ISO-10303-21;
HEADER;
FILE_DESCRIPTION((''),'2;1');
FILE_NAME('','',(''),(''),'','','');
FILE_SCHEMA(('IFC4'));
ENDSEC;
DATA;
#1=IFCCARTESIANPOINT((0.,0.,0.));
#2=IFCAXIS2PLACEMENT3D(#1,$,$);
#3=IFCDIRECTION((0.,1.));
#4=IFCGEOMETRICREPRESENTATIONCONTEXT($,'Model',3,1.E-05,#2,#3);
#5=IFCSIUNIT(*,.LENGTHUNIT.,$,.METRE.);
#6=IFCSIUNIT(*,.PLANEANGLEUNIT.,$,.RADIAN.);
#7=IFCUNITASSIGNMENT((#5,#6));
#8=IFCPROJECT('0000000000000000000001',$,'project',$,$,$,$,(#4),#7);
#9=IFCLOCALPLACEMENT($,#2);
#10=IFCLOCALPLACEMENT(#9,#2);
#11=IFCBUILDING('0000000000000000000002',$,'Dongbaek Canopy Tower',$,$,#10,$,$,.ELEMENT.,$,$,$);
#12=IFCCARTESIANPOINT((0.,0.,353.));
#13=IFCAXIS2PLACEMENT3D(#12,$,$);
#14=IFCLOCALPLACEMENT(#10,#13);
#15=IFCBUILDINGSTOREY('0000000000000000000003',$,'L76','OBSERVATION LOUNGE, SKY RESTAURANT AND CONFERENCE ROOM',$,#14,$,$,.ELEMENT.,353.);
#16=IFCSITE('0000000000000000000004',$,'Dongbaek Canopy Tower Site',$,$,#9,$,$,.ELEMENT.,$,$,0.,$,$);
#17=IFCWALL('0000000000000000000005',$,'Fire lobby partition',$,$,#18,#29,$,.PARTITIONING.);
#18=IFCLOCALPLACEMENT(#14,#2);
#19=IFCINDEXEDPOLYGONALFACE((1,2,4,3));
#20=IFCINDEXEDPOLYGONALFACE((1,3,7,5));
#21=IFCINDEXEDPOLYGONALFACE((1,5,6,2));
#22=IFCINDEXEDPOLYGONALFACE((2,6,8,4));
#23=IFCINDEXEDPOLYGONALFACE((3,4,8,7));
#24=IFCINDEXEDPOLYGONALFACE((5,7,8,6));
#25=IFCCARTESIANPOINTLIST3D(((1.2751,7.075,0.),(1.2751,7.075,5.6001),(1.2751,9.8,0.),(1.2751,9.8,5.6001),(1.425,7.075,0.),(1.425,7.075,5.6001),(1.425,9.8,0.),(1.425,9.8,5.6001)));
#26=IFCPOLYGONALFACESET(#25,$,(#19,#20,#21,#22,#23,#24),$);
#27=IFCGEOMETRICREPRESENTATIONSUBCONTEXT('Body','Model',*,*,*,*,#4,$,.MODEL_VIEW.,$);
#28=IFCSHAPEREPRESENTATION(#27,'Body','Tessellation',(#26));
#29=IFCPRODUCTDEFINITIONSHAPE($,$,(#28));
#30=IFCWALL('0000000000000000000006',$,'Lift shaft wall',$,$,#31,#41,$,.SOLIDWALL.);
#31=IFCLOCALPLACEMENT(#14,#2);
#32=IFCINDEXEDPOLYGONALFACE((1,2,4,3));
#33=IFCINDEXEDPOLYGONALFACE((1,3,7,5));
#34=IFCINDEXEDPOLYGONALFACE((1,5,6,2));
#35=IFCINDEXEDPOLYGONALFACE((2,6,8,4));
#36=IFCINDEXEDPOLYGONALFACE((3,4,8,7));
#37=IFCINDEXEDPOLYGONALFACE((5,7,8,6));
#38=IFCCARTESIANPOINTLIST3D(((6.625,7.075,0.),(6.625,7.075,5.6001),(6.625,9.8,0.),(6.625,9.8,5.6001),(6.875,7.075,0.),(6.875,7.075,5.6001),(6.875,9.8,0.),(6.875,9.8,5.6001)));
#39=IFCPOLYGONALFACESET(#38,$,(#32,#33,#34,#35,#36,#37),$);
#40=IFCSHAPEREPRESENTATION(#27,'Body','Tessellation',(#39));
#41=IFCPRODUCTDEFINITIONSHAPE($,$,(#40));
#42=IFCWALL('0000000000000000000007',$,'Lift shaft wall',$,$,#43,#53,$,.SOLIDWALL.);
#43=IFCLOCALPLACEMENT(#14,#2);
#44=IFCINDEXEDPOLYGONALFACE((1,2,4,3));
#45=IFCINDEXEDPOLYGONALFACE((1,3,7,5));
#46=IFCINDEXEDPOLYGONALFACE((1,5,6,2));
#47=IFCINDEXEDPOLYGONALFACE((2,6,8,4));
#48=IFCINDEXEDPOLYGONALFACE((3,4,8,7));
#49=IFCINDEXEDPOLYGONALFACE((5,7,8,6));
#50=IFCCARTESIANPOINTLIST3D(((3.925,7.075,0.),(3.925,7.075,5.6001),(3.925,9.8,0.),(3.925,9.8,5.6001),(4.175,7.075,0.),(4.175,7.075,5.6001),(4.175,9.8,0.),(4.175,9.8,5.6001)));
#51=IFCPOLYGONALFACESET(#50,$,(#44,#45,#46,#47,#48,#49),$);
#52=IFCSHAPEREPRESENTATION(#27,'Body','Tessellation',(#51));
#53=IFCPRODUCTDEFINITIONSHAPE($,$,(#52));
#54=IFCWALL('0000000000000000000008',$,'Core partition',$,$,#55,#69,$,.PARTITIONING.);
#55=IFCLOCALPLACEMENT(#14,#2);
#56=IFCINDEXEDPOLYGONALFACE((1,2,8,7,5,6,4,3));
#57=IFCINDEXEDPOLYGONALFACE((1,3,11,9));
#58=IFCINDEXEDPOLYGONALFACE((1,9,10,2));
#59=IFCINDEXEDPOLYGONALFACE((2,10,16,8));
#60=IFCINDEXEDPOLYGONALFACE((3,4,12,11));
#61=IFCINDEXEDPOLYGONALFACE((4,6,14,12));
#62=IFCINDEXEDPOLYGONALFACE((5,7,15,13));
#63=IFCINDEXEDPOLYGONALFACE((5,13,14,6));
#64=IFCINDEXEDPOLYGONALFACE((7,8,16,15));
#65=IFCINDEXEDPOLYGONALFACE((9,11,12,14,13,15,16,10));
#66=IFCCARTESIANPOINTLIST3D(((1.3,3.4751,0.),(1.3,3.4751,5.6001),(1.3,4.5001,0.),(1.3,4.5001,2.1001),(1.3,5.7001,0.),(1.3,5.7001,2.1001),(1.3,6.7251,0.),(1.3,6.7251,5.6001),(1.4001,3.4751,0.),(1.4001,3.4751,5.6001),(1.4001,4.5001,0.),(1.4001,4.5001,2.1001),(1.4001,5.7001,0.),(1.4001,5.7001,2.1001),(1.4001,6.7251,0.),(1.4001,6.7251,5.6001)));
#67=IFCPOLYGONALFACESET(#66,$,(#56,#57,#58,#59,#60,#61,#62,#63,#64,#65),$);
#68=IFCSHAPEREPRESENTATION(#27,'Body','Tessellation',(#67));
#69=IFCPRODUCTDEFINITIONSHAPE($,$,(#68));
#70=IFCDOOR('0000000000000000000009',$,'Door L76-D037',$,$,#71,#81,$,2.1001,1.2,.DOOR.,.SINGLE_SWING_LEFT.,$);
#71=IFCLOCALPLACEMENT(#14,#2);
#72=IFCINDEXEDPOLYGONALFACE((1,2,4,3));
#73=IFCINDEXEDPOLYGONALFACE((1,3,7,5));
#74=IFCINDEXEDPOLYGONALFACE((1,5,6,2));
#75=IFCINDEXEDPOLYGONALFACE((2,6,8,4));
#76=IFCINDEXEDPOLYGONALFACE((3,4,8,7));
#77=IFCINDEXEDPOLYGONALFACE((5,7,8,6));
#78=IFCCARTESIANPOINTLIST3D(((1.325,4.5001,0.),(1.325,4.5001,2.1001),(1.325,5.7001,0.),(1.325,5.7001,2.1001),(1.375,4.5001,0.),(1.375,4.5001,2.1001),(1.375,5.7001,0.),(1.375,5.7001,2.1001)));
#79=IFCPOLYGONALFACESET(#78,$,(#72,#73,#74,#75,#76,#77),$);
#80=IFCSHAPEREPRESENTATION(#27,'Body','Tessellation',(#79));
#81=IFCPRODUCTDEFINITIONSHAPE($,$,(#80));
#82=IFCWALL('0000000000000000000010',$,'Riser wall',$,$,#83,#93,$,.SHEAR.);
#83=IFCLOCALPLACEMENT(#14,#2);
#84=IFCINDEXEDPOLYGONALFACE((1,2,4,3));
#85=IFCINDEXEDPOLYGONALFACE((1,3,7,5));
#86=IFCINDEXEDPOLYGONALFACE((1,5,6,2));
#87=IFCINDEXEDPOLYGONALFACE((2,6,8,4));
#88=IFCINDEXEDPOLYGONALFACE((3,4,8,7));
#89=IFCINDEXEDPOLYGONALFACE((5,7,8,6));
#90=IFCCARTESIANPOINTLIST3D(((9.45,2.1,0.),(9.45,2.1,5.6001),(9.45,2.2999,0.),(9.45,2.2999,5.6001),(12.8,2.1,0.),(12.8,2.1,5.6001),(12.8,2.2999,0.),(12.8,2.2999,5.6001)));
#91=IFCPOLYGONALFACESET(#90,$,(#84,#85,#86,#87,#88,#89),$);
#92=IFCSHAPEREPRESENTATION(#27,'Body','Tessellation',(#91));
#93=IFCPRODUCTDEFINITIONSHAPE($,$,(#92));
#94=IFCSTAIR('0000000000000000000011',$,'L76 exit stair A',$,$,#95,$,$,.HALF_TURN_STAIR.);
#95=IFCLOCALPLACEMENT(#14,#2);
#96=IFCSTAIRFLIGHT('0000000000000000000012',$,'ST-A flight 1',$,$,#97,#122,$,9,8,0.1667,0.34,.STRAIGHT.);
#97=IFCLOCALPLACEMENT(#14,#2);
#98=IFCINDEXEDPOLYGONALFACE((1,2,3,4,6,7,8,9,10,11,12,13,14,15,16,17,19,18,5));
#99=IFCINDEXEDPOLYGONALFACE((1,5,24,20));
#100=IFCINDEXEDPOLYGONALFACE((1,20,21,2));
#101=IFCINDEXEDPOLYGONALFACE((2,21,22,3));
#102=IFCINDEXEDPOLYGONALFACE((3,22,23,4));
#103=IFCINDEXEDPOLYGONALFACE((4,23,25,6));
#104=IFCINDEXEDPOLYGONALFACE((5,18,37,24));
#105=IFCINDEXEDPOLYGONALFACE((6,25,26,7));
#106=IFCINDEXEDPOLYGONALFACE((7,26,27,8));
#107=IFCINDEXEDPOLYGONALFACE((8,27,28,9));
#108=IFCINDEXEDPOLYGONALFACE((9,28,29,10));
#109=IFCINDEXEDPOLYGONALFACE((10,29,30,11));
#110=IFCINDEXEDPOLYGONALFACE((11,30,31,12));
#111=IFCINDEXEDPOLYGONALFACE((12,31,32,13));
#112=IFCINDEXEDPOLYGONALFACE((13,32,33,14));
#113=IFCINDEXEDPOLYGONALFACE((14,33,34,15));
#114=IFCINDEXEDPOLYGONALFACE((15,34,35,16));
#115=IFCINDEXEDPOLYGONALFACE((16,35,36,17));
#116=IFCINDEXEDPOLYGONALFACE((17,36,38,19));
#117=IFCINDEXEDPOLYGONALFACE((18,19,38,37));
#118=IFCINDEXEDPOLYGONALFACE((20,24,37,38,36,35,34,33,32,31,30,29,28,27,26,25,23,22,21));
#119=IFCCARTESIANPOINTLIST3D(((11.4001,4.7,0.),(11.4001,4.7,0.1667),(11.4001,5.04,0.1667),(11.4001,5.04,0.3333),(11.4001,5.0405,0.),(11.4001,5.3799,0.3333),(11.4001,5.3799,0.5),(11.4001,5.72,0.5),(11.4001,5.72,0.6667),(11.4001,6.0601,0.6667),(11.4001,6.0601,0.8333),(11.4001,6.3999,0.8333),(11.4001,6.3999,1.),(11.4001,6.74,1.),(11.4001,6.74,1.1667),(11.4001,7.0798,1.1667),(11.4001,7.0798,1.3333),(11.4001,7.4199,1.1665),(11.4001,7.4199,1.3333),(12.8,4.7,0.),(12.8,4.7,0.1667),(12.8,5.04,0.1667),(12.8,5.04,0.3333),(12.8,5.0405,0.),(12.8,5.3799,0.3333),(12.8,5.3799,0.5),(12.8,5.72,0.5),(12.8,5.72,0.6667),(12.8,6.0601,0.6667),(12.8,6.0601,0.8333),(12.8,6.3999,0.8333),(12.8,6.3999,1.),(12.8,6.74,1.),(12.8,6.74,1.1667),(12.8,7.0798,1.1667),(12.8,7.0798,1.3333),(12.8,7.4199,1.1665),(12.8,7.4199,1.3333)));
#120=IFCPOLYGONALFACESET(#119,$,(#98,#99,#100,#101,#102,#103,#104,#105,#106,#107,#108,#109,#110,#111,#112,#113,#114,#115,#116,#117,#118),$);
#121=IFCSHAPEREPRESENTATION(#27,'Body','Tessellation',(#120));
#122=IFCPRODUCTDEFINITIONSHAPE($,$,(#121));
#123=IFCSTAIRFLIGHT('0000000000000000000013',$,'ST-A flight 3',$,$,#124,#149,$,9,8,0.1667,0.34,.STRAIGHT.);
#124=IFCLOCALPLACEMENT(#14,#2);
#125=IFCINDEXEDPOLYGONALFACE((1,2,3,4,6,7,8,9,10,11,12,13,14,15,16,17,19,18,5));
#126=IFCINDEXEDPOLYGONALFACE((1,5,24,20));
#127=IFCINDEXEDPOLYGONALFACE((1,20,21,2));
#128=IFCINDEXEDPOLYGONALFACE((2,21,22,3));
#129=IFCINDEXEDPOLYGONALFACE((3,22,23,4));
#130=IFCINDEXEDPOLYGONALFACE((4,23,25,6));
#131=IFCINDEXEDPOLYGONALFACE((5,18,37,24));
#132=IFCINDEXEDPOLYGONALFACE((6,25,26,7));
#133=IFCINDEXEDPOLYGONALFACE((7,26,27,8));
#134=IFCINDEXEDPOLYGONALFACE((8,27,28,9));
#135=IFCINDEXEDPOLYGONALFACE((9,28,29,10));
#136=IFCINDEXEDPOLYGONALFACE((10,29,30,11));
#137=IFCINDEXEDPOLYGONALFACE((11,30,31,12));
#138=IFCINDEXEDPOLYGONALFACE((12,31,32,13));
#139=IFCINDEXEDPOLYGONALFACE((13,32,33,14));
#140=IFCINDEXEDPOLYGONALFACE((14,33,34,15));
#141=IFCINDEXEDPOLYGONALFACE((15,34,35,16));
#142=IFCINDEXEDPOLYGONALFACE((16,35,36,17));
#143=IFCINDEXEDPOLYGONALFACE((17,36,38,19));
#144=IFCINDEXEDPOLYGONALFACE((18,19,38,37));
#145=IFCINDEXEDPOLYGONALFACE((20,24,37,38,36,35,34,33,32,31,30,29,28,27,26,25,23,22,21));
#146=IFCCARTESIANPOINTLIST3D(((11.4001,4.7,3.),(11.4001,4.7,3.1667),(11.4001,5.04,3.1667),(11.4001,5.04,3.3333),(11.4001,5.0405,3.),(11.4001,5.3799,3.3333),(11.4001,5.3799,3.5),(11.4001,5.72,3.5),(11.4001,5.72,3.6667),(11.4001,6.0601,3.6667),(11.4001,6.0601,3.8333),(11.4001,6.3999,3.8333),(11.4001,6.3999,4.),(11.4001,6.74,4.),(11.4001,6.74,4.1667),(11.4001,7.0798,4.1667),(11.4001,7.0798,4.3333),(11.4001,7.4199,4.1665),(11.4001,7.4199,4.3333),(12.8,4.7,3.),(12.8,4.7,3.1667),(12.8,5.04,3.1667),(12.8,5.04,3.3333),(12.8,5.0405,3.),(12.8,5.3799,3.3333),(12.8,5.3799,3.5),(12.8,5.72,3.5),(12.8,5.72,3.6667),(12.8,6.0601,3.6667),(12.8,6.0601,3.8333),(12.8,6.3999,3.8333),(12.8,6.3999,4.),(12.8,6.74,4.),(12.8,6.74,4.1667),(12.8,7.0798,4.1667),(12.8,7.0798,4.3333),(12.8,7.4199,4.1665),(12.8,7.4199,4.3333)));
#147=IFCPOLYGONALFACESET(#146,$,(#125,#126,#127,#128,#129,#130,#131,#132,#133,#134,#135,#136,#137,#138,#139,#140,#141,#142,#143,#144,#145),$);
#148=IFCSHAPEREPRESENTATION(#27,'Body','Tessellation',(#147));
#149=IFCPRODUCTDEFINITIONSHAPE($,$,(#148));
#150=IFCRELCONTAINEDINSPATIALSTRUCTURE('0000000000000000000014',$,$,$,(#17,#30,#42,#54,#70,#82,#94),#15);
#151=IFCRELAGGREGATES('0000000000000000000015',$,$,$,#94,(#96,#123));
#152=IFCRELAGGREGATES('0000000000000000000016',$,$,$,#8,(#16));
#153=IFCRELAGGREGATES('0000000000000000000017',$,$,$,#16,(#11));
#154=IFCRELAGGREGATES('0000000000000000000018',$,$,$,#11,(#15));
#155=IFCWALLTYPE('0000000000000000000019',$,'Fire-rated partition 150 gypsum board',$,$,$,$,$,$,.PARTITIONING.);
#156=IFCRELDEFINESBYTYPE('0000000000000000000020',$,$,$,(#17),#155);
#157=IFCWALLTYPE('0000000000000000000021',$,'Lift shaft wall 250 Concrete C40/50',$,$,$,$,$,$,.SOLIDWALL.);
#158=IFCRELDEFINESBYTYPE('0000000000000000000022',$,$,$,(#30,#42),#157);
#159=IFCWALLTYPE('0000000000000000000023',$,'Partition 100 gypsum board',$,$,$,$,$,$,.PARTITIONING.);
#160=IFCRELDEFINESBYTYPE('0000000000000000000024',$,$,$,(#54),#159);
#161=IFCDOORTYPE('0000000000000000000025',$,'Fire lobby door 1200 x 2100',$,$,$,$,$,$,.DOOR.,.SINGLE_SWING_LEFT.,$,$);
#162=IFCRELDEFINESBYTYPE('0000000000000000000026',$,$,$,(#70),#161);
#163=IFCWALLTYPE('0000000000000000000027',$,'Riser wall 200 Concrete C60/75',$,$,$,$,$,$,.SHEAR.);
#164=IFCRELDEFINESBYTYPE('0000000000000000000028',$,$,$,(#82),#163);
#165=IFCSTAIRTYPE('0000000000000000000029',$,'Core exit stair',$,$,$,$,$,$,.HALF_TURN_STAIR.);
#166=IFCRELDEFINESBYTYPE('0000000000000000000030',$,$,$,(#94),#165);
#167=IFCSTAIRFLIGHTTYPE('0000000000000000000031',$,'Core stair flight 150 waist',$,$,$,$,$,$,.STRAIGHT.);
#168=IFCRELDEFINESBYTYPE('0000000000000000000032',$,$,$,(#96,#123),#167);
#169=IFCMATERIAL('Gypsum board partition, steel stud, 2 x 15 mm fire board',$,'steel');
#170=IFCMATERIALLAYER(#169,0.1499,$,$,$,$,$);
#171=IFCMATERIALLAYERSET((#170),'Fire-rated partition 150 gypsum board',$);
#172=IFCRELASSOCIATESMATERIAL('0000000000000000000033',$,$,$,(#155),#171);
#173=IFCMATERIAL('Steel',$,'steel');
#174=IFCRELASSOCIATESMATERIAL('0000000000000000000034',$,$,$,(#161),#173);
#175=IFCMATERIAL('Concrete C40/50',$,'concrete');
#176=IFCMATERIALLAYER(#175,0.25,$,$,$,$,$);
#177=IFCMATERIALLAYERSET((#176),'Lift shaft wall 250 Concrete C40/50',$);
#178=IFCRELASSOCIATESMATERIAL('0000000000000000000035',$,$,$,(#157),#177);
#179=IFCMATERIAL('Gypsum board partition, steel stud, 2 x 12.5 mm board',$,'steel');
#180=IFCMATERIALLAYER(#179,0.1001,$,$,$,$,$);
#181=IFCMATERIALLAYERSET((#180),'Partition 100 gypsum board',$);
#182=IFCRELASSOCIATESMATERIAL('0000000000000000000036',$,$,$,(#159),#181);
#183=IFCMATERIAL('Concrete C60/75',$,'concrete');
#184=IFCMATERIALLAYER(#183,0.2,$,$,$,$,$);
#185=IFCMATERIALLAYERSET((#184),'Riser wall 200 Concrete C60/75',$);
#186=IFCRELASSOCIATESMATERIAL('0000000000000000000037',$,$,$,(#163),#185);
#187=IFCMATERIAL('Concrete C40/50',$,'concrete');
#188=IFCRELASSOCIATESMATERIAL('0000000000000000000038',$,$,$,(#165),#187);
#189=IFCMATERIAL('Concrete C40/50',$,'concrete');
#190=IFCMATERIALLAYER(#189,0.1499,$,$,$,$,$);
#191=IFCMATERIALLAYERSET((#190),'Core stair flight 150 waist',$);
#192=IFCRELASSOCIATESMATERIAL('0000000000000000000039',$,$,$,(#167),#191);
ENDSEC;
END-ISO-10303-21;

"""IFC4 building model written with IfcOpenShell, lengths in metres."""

from ifc_helpers import new_model, si_unit, direction, frame, frame_2d, origin, place, context, subcontext, project, spatial, polyline, rectangle, outline, extrude, material, layer, layer_set, type_object, element, fill, aggregate, save


model = new_model("IFC4")

# Units and contexts
model_context = context("Model", 3, precision=1e-05, world=origin(), true_north=direction((0.0, 1.0)))
body_context = subcontext(model_context, "Body", "Model", "MODEL_VIEW")
ifc_project = project(units=[si_unit("LENGTHUNIT", "METRE"), si_unit("PLANEANGLEUNIT", "RADIAN")], contexts=[model_context])

# Site, building, storey
site_placement = place(None, origin())
site = spatial("IfcSite", under=ifc_project, at=site_placement, Name="Dongbaek Canopy Tower Site", CompositionType="ELEMENT", RefElevation=0.0)
building_placement = place(site_placement, origin())
building = spatial("IfcBuilding", under=site, at=building_placement, Name="Dongbaek Canopy Tower", CompositionType="ELEMENT")
storey_placement = place(building_placement, frame((0.0, 0.0, 353.0)))
storey = spatial("IfcBuildingStorey", under=building, at=storey_placement, Name="L76", Description="OBSERVATION LOUNGE, SKY RESTAURANT AND CONFERENCE ROOM", CompositionType="ELEMENT", Elevation=353.0)

# Shared definitions
ifc_material_1 = material(Name="Gypsum board partition, steel stud, 2 x 15 mm fire board", Category="steel")
ifc_layer_1 = layer(ifc_material_1, 0.1499)
ifc_layer_set_1 = layer_set([ifc_layer_1], Name="Fire-rated partition 150 gypsum board")
wall_type_1 = type_object("IfcWallType", Name="Fire-rated partition 150 gypsum board", PredefinedType="PARTITIONING", material=ifc_layer_set_1)
ifc_material_2 = material(Name="Steel", Category="steel")
door_type_1 = type_object("IfcDoorType", Name="Fire lobby door 1200 x 2100", OperationType="SINGLE_SWING_LEFT", PredefinedType="DOOR", material=ifc_material_2)

# Walls
wall_1_placement = place(storey_placement, frame((1.3501, 7.075, 0.0), z_axis=(0.0, 0.0, 1.0), x_axis=(0.0, 1.0, 0.0)))
element("IfcWall", 1, at=wall_1_placement, inside=storey, type_object=wall_type_1, Name="Fire lobby partition", PredefinedType="PARTITIONING", context=body_context, shape_type="SweptSolid", body=[
    extrude(rectangle(XDim=2.7251, YDim=0.1499, at=frame_2d((1.3625, 0.0))), origin(), (0.0, 0.0, 1.0), 5.6001),
])
ifc_material_3 = material(Name="Concrete C40/50", Category="concrete")
ifc_layer_2 = layer(ifc_material_3, 0.25)
ifc_layer_set_2 = layer_set([ifc_layer_2], Name="Lift shaft wall 250 Concrete C40/50")
wall_type_2 = type_object("IfcWallType", Name="Lift shaft wall 250 Concrete C40/50", PredefinedType="SOLIDWALL", material=ifc_layer_set_2)
for number, where, z_axis, x_axis, name in (
    (2, (6.75, 7.075, 0.0), (0.0, 0.0, 1.0), (0.0, 1.0, 0.0), "Lift shaft wall"),
    (3, (4.05, 7.075, 0.0), (0.0, 0.0, 1.0), (0.0, 1.0, 0.0), "Lift shaft wall"),
):
    element("IfcWall", number, at=place(storey_placement, frame(where, z_axis=z_axis, x_axis=x_axis)), inside=storey, type_object=wall_type_2, Name=name, PredefinedType="SOLIDWALL", context=body_context, shape_type="SweptSolid", body=[
        extrude(rectangle(XDim=2.7251, YDim=0.25, at=frame_2d((1.3625, 0.0))), origin(), (0.0, 0.0, 1.0), 5.6001),
    ])

# Wall, opening, door
ifc_material_4 = material(Name="Gypsum board partition, steel stud, 2 x 12.5 mm board", Category="steel")
ifc_layer_3 = layer(ifc_material_4, 0.1001)
ifc_layer_set_3 = layer_set([ifc_layer_3], Name="Partition 100 gypsum board")
wall_type_3 = type_object("IfcWallType", Name="Partition 100 gypsum board", PredefinedType="PARTITIONING", material=ifc_layer_set_3)
wall_2_placement = place(storey_placement, frame((1.3501, 6.7251, 0.0), z_axis=(0.0, 0.0, 1.0), x_axis=(0.0, -1.0, 0.0)))
wall_2 = element("IfcWall", 4, at=wall_2_placement, inside=storey, type_object=wall_type_3, Name="Core partition", PredefinedType="PARTITIONING", context=body_context, shape_type="SweptSolid", body=[
    extrude(rectangle(XDim=3.25, YDim=0.1001, at=frame_2d((1.625, 0.0))), origin(), (0.0, 0.0, 1.0), 5.6001),
])
opening_1_placement = place(wall_2_placement, frame((1.0249, 0.0, 0.0)))
opening_1 = element("IfcOpeningElement", 5, at=opening_1_placement, cuts=wall_2, PredefinedType="OPENING", context=body_context, shape_type="SweptSolid", body=[
    extrude(rectangle(XDim=1.2, YDim=2.1001, at=frame_2d((0.6001, 1.05))), frame((0.0, 0.0601, 0.0), z_axis=(0.0, -1.0, 0.0), x_axis=(1.0, 0.0, 0.0)), (0.0, 0.0, 1.0), 0.1201),
])
door_1_placement = place(opening_1_placement, origin())
door_1 = element("IfcDoor", 6, at=door_1_placement, inside=storey, type_object=door_type_1, Name="Door L76-D037", OperationType="SINGLE_SWING_LEFT", OverallHeight=2.1001, OverallWidth=1.2, PredefinedType="DOOR", context=body_context, shape_type="SweptSolid", body=[
    extrude(rectangle(XDim=1.2, YDim=2.1001, at=frame_2d((0.6001, 1.05))), frame((0.0, 0.0249, 0.0), z_axis=(0.0, -1.0, 0.0), x_axis=(1.0, 0.0, 0.0)), (0.0, 0.0, 1.0), 0.05),
])
fill(opening_1, door_1)

# Wall
ifc_material_5 = material(Name="Concrete C60/75", Category="concrete")
ifc_layer_4 = layer(ifc_material_5, 0.2)
ifc_layer_set_4 = layer_set([ifc_layer_4], Name="Riser wall 200 Concrete C60/75")
wall_type_4 = type_object("IfcWallType", Name="Riser wall 200 Concrete C60/75", PredefinedType="SHEAR", material=ifc_layer_set_4)
wall_3_placement = place(storey_placement, frame((9.45, 2.2, 0.0), z_axis=(0.0, 0.0, 1.0), x_axis=(1.0, 0.0, 0.0)))
element("IfcWall", 7, at=wall_3_placement, inside=storey, type_object=wall_type_4, Name="Riser wall", PredefinedType="SHEAR", context=body_context, shape_type="SweptSolid", body=[
    extrude(rectangle(XDim=3.3501, YDim=0.2, at=frame_2d((1.675, 0.0))), origin(), (0.0, 0.0, 1.0), 5.6001),
])

# Stair, stair flights
ifc_material_6 = material(Name="Concrete C40/50", Category="concrete")
stair_type = type_object("IfcStairType", Name="Core exit stair", PredefinedType="HALF_TURN_STAIR", material=ifc_material_6)
stair_placement = place(storey_placement, origin())
stair = element("IfcStair", 8, at=stair_placement, inside=storey, type_object=stair_type, Name="L76 exit stair A", PredefinedType="HALF_TURN_STAIR")
ifc_material_7 = material(Name="Concrete C40/50", Category="concrete")
ifc_layer_5 = layer(ifc_material_7, 0.1499)
ifc_layer_set_5 = layer_set([ifc_layer_5], Name="Core stair flight 150 waist")
stair_flight_type = type_object("IfcStairFlightType", Name="Core stair flight 150 waist", PredefinedType="STRAIGHT", material=ifc_layer_set_5)
stair_flight_1_placement = place(storey_placement, frame((12.1001, 4.7, 0.0), z_axis=(0.0, 0.0, 1.0), x_axis=(0.0, 1.0, 0.0)))
stair_flight_1 = element("IfcStairFlight", 9, at=stair_flight_1_placement, type_object=stair_flight_type, Name="ST-A flight 1", NumberOfRisers=9, NumberOfTreads=8, PredefinedType="STRAIGHT", RiserHeight=0.1667, TreadLength=0.34, context=body_context, shape_type="SweptSolid", body=[
    extrude(outline(polyline([(0.0, 0.0), (0.0, 0.1667), (0.3401, 0.1667), (0.3401, 0.3333), (0.6799, 0.3333), (0.6799, 0.5), (1.02, 0.5), (1.02, 0.6667), (1.3601, 0.6667), (1.3601, 0.8333), (1.7, 0.8333), (1.7, 1.0), (2.04, 1.0), (2.04, 1.1667), (2.3799, 1.1667), (2.3799, 1.3333), (2.72, 1.3333), (2.72, 1.5), (2.72, 1.1665), (0.3406, 0.0), (0.0, 0.0)])), frame((0.0, 0.7, 0.0), z_axis=(0.0, -1.0, 0.0), x_axis=(1.0, 0.0, 0.0)), (0.0, 0.0, 1.0), 1.3999),
])
stair_flight_2_placement = place(storey_placement, frame((12.1001, 4.7, 3.0), z_axis=(0.0, 0.0, 1.0), x_axis=(0.0, 1.0, 0.0)))
stair_flight_2 = element("IfcStairFlight", 10, at=stair_flight_2_placement, type_object=stair_flight_type, Name="ST-A flight 3", NumberOfRisers=9, NumberOfTreads=8, PredefinedType="STRAIGHT", RiserHeight=0.1667, TreadLength=0.34, context=body_context, shape_type="SweptSolid", body=[
    extrude(outline(polyline([(0.0, 0.0), (0.0, 0.1667), (0.3401, 0.1667), (0.3401, 0.3333), (0.6799, 0.3333), (0.6799, 0.5), (1.02, 0.5), (1.02, 0.6667), (1.3601, 0.6667), (1.3601, 0.8333), (1.7, 0.8333), (1.7, 1.0), (2.04, 1.0), (2.04, 1.1667), (2.3799, 1.1667), (2.3799, 1.3333), (2.72, 1.3333), (2.72, 1.5), (2.72, 1.1665), (0.3406, 0.0), (0.0, 0.0)])), frame((0.0, 0.7, 0.0), z_axis=(0.0, -1.0, 0.0), x_axis=(1.0, 0.0, 0.0)), (0.0, 0.0, 1.0), 1.3999),
])
aggregate(stair, [stair_flight_1, stair_flight_2])

save(model, "model.ifc")
